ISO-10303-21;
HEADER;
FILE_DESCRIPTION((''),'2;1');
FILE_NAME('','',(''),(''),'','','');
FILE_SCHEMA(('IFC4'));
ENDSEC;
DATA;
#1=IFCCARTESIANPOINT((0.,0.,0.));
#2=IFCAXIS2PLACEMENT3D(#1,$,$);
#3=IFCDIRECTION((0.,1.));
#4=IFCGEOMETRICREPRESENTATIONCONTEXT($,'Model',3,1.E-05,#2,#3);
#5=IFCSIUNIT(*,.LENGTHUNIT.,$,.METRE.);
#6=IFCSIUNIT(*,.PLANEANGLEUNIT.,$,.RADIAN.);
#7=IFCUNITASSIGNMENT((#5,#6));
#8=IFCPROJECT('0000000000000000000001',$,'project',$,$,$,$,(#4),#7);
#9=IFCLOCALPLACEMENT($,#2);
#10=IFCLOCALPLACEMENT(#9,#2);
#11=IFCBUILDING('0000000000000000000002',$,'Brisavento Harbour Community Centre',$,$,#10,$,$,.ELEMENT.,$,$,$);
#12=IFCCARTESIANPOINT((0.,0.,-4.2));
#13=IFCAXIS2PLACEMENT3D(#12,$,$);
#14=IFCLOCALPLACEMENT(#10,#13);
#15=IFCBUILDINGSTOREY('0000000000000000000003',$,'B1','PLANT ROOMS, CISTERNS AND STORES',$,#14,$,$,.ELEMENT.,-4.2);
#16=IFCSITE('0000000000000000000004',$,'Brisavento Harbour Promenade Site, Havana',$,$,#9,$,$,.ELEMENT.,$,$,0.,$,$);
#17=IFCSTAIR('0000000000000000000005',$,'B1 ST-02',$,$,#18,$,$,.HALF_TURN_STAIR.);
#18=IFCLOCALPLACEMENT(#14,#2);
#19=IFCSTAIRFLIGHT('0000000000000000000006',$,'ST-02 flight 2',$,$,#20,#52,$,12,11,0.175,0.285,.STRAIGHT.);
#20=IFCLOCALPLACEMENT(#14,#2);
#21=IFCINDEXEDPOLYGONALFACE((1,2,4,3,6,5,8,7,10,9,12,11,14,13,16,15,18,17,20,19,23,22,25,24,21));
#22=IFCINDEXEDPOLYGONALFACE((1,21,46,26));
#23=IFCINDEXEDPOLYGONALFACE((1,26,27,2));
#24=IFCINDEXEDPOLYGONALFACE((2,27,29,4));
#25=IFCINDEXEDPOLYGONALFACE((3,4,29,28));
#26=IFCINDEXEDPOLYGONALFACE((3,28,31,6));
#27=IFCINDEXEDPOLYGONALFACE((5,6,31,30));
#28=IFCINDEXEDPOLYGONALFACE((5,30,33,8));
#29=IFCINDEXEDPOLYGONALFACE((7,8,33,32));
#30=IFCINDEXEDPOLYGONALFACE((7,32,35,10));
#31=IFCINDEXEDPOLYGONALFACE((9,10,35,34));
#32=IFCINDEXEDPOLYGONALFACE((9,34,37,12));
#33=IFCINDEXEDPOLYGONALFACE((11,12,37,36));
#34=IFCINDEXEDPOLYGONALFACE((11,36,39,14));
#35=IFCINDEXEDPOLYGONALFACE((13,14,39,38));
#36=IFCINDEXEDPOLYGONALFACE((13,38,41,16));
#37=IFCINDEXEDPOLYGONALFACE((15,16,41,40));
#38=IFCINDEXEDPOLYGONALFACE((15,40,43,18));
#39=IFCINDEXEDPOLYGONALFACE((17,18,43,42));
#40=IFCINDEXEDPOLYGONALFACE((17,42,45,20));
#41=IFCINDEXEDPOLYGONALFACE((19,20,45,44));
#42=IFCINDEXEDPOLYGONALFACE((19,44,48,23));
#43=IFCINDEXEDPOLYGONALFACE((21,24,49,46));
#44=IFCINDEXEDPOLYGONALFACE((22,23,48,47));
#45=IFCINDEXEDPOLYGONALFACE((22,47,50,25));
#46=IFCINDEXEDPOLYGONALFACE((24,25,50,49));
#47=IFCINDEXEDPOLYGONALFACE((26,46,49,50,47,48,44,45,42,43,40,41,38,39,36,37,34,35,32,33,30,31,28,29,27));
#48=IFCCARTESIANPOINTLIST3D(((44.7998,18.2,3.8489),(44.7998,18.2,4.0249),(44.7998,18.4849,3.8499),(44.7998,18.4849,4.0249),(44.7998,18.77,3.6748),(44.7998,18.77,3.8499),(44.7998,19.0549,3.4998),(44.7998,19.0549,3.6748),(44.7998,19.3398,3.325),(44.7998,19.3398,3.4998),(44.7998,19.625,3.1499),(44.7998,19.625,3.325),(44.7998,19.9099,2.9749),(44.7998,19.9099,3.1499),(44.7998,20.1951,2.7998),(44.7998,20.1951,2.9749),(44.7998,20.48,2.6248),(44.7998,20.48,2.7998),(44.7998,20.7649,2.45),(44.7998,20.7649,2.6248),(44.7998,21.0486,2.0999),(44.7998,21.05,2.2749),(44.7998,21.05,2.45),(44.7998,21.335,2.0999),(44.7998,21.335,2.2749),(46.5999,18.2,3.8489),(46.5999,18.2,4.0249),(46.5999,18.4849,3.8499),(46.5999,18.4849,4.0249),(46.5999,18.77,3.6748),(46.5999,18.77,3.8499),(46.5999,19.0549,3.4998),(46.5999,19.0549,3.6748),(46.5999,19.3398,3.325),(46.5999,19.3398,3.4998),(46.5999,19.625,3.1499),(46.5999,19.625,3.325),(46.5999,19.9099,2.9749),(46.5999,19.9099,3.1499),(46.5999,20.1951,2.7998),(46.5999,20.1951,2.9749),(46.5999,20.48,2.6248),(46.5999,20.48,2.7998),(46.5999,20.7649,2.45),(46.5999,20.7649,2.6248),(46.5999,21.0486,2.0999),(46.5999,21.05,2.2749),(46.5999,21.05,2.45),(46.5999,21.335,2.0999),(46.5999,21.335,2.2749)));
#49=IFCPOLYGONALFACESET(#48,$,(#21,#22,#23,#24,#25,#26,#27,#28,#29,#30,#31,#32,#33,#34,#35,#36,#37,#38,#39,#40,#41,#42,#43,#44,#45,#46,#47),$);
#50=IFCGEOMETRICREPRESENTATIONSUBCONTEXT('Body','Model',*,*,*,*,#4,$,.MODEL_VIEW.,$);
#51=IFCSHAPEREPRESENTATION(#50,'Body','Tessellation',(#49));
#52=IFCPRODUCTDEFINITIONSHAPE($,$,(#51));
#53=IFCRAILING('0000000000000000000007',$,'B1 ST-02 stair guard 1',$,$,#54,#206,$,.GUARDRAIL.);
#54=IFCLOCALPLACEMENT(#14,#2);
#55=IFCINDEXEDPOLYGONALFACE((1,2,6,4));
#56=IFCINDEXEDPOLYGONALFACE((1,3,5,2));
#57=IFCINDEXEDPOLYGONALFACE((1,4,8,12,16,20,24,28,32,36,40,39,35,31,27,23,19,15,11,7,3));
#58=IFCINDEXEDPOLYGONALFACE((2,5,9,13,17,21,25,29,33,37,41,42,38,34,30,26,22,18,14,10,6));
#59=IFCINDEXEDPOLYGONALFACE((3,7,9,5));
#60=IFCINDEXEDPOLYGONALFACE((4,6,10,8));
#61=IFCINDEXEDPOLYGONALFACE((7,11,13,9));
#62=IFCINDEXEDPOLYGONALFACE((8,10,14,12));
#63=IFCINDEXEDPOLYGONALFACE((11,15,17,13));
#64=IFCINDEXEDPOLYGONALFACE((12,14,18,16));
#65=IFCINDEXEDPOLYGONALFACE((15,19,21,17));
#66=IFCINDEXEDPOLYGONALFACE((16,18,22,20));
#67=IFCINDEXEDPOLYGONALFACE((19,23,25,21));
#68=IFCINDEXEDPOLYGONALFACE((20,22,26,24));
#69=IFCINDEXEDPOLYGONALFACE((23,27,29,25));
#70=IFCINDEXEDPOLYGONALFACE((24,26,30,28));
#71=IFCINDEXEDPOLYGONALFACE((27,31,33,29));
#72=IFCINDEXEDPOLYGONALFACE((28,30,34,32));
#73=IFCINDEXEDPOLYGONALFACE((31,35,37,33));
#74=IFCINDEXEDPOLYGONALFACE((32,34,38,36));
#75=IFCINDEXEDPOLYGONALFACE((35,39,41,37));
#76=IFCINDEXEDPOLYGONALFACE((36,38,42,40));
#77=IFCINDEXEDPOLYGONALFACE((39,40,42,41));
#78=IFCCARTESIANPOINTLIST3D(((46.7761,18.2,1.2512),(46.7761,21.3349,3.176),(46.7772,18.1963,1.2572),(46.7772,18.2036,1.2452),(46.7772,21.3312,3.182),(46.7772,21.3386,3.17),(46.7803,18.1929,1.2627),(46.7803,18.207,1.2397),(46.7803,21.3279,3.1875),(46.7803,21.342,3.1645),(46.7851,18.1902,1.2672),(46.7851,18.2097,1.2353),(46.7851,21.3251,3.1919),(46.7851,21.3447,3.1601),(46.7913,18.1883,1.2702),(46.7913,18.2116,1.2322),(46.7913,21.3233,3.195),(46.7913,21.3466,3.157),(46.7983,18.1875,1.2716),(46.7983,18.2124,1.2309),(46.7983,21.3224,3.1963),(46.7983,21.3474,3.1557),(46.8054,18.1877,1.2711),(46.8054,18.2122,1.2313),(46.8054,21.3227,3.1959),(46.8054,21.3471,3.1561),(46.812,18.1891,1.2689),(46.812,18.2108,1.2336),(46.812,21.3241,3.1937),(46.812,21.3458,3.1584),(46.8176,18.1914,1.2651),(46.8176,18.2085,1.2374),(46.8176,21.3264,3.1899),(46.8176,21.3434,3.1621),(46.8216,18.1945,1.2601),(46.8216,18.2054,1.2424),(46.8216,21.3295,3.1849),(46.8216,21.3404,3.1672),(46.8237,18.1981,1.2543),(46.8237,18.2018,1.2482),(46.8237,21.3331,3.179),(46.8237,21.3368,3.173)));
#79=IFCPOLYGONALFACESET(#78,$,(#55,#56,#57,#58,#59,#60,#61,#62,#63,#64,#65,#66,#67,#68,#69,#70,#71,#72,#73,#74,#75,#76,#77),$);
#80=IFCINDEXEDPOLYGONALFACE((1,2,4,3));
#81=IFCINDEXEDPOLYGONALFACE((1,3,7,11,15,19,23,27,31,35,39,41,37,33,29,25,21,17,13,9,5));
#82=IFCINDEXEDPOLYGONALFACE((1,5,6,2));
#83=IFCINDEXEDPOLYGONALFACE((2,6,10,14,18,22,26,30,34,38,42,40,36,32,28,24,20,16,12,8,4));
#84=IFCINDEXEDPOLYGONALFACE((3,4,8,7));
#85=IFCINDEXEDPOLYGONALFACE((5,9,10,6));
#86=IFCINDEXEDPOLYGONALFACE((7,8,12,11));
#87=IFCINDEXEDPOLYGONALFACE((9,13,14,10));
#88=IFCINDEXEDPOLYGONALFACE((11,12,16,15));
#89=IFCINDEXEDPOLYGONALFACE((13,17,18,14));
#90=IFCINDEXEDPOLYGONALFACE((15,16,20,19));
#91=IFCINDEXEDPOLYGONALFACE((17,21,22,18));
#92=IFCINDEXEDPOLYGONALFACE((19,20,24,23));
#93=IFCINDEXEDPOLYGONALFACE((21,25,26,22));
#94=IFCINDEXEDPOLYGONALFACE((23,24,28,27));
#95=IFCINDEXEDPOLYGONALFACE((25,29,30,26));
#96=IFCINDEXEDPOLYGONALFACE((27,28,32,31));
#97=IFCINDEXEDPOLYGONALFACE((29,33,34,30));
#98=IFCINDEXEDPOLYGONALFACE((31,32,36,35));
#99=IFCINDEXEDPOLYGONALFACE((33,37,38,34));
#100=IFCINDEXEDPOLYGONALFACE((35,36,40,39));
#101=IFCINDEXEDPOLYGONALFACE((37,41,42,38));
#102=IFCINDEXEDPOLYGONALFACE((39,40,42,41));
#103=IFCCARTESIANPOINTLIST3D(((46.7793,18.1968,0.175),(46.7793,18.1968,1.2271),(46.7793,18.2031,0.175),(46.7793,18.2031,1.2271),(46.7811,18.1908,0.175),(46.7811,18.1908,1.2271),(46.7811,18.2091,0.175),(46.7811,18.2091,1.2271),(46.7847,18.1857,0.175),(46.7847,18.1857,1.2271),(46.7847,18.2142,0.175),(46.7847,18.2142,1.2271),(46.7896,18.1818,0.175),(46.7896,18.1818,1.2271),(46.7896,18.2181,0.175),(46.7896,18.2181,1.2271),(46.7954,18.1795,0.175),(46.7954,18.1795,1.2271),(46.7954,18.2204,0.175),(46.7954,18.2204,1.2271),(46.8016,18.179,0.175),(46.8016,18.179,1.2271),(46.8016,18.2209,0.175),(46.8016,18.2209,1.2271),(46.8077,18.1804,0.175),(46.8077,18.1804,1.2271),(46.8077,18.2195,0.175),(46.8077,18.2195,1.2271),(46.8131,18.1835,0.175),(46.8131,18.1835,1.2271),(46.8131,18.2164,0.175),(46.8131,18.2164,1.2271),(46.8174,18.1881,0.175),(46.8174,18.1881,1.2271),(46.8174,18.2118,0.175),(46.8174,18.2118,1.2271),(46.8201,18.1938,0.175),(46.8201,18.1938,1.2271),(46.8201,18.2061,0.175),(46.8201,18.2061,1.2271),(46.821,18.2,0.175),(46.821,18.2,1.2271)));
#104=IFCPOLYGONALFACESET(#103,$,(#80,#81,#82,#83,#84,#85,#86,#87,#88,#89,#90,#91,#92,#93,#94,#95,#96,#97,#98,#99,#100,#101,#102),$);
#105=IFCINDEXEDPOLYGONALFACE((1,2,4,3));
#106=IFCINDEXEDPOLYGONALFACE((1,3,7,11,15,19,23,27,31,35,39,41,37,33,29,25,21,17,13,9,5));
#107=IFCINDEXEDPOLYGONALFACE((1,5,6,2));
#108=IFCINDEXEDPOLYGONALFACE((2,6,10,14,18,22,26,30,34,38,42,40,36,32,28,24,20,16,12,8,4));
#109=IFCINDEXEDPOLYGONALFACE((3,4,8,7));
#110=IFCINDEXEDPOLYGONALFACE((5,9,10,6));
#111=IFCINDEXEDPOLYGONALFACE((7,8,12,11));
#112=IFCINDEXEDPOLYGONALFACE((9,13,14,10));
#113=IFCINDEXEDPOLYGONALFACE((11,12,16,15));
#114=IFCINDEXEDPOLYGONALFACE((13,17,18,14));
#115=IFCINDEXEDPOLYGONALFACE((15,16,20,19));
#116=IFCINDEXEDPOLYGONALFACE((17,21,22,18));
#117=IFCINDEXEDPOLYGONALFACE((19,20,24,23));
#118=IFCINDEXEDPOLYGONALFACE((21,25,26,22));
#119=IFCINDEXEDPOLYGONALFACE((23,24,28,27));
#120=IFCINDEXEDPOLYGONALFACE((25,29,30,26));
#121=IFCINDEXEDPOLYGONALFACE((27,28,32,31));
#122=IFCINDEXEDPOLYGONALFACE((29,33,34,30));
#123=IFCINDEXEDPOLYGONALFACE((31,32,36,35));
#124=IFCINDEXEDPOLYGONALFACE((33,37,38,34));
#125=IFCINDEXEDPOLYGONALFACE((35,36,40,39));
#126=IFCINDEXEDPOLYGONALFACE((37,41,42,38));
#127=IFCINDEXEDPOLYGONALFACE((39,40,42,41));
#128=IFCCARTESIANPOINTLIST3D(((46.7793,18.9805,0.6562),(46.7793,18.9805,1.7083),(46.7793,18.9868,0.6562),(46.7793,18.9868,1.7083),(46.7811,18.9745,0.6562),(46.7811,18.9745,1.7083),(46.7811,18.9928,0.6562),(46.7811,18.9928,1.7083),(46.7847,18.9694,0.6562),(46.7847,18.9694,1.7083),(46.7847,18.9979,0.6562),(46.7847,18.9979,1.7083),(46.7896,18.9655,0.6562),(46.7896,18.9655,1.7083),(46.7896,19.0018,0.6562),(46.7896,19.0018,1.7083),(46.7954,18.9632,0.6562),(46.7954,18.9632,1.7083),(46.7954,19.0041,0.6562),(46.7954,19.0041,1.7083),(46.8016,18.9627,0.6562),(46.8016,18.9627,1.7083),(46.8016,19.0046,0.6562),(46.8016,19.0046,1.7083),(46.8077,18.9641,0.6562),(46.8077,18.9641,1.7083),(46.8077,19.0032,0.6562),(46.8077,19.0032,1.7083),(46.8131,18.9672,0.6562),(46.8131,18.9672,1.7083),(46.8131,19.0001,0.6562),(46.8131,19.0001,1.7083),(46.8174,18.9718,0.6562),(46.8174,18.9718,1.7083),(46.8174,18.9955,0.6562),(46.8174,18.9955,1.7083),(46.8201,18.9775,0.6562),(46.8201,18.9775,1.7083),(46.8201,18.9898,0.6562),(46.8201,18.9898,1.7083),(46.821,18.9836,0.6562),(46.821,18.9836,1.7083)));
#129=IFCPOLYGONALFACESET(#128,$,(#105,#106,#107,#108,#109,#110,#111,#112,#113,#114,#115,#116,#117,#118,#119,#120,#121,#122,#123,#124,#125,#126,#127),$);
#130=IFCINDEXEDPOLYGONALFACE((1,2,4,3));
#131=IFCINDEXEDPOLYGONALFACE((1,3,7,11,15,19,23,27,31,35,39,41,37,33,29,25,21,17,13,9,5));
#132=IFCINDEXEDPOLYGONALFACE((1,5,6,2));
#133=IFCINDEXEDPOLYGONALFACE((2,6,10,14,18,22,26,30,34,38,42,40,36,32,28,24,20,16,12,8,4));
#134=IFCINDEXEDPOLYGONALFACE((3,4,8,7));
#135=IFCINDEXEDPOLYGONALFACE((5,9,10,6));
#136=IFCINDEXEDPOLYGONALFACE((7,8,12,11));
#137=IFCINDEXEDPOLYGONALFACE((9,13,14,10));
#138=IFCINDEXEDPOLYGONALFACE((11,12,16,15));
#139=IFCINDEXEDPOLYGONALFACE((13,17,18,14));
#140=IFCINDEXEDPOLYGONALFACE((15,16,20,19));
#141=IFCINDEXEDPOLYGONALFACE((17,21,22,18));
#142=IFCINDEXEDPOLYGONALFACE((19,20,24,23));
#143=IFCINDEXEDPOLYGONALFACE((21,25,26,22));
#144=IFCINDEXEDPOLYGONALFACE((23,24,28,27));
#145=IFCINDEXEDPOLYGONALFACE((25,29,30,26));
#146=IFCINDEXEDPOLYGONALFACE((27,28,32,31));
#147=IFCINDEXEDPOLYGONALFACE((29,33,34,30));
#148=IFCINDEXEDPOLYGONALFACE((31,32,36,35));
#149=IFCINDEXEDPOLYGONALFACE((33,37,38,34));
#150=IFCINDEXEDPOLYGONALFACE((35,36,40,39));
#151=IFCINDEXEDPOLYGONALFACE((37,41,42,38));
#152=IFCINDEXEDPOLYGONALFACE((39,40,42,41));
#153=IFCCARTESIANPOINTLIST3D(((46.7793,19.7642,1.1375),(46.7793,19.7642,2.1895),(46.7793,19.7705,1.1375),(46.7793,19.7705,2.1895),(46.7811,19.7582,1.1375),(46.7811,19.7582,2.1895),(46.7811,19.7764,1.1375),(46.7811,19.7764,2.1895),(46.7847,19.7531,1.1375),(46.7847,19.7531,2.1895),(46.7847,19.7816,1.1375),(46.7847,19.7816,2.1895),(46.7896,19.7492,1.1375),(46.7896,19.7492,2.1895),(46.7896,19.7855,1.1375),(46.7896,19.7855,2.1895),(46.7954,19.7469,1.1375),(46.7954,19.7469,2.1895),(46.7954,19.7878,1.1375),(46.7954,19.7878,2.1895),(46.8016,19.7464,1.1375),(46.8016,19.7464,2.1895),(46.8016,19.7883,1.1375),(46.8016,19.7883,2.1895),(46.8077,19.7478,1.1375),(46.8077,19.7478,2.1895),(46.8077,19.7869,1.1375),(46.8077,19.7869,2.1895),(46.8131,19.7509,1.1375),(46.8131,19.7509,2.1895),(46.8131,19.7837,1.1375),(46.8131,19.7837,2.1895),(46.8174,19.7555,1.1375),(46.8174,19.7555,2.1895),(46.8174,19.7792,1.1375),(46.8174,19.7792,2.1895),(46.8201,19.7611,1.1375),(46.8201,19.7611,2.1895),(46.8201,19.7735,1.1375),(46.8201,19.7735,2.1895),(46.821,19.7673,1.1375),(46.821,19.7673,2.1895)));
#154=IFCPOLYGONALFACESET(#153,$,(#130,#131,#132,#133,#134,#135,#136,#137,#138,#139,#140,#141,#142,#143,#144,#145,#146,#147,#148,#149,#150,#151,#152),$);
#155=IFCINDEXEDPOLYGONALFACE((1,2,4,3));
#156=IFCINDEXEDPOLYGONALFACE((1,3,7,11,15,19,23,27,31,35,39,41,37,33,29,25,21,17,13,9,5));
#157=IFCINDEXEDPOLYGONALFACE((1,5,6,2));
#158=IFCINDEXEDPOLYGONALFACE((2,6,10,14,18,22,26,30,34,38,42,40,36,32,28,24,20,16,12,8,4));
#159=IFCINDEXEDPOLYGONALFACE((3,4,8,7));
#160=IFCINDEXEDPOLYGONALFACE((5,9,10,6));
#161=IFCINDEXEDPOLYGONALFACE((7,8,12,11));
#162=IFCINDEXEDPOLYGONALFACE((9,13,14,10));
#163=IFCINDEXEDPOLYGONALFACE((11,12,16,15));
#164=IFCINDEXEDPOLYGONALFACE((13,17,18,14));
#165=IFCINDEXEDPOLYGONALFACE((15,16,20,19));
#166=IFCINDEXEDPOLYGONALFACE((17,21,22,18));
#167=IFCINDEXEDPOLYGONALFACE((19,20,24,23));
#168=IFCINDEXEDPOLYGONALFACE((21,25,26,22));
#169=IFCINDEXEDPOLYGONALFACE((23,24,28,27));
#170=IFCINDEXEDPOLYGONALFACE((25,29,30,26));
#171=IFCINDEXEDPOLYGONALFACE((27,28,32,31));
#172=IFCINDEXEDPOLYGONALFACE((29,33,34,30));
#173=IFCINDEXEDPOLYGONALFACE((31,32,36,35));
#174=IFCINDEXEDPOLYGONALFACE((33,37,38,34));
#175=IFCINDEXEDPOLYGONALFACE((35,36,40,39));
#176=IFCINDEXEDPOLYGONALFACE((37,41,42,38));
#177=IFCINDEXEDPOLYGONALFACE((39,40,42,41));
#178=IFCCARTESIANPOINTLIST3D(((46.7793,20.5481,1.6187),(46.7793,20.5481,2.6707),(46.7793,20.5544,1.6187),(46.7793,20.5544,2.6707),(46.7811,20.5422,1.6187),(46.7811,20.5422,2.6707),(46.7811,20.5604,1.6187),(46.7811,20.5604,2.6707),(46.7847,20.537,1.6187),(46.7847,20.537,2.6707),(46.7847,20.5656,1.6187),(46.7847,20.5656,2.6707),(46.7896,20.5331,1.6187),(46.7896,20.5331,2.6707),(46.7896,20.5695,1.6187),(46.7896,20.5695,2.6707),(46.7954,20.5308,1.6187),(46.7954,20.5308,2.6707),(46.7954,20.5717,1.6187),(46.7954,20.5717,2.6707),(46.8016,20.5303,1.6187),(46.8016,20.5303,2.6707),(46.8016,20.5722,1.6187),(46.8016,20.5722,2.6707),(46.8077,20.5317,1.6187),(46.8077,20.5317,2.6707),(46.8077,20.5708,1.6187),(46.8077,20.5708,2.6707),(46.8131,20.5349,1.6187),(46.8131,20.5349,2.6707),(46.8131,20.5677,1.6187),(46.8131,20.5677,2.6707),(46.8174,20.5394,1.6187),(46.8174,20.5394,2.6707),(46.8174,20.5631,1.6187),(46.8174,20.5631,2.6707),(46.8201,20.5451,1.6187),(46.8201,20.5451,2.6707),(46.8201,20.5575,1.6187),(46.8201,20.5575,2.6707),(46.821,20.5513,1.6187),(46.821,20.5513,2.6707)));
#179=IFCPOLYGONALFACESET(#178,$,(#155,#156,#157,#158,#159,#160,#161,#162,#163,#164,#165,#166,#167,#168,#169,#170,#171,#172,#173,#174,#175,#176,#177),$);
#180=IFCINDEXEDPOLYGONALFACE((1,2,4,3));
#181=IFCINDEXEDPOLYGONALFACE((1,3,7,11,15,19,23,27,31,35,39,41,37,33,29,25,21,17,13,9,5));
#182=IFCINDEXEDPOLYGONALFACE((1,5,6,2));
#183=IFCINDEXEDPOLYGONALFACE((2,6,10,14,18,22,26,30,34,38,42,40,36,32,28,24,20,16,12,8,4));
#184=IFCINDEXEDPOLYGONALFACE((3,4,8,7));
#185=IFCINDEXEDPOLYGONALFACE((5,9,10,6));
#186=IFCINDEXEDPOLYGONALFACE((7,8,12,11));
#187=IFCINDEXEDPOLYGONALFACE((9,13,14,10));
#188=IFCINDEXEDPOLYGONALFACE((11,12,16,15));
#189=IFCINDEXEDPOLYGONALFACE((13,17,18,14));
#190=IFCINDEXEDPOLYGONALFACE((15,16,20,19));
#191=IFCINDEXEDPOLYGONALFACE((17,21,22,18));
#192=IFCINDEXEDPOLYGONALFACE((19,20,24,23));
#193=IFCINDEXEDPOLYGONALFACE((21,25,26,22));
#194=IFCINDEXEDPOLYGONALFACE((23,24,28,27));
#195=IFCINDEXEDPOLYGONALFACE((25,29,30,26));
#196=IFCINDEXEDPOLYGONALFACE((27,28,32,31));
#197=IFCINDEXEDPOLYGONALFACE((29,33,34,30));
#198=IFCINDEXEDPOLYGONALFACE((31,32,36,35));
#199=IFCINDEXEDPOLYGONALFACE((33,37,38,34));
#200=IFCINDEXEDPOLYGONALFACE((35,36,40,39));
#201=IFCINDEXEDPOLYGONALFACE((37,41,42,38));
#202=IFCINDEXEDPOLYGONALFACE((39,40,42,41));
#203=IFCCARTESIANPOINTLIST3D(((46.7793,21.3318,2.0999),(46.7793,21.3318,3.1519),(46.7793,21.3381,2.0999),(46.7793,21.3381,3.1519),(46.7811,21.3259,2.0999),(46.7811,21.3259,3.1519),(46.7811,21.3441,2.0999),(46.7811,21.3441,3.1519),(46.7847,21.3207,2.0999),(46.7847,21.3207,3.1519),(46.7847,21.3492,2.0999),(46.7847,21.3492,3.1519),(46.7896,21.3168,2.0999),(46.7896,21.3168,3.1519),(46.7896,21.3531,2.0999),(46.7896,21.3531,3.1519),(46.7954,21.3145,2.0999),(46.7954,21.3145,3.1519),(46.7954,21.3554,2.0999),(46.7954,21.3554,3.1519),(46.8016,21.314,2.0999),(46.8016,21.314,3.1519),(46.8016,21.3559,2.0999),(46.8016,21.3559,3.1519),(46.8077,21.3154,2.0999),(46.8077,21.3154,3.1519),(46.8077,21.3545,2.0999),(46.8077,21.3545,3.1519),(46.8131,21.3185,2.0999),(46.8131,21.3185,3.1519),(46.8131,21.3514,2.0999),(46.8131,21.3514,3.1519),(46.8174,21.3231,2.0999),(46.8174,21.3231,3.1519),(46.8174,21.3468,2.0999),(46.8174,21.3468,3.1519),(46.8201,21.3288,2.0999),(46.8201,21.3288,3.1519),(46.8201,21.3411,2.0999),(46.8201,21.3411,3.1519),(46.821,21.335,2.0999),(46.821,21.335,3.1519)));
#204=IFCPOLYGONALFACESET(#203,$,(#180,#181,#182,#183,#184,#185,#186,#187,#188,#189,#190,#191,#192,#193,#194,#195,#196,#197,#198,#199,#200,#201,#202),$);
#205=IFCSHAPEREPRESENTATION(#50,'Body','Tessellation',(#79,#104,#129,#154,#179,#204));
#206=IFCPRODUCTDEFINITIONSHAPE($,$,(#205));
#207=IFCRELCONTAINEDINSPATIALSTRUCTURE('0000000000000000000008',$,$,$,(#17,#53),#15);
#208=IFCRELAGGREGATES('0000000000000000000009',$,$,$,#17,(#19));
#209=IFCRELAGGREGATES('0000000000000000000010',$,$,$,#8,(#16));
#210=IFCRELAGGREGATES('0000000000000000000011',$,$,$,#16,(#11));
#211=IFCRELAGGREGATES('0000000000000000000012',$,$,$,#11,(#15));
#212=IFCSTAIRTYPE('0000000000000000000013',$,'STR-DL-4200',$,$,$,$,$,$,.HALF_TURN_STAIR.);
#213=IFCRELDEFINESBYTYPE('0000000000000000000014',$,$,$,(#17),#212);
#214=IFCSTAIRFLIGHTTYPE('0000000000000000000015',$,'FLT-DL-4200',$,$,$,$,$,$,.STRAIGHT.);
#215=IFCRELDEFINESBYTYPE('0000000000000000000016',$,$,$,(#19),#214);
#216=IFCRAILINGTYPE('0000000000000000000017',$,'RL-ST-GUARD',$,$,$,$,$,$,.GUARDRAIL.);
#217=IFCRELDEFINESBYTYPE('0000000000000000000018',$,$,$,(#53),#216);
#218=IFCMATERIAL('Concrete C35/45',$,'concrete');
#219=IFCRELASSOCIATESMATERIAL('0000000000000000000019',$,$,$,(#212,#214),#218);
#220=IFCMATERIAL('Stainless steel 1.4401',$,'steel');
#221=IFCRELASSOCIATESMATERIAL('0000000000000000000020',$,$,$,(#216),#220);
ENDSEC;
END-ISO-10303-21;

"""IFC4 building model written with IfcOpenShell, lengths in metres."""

from ifc_helpers import new_model, si_unit, direction, frame, origin, origin_2d, place, context, subcontext, project, spatial, polyline, circle, outline, extrude, material, type_object, element, aggregate, save


model = new_model("IFC4")

# Units and contexts
model_context = context("Model", 3, precision=1e-05, world=origin(), true_north=direction((0.0, 1.0)))
body_context = subcontext(model_context, "Body", "Model", "MODEL_VIEW")
ifc_project = project(units=[si_unit("LENGTHUNIT", "METRE"), si_unit("PLANEANGLEUNIT", "RADIAN")], contexts=[model_context])

# Site, building, storey
site_placement = place(None, origin())
site = spatial("IfcSite", under=ifc_project, at=site_placement, Name="Brisavento Harbour Promenade Site, Havana", CompositionType="ELEMENT", RefElevation=0.0)
building_placement = place(site_placement, origin())
building = spatial("IfcBuilding", under=site, at=building_placement, Name="Brisavento Harbour Community Centre", CompositionType="ELEMENT")
storey_placement = place(building_placement, frame((0.0, 0.0, -4.2)))
storey = spatial("IfcBuildingStorey", under=building, at=storey_placement, Name="B1", Description="PLANT ROOMS, CISTERNS AND STORES", CompositionType="ELEMENT", Elevation=-4.2)

# Shared definitions
ifc_material_1 = material(Name="Concrete C35/45", Category="concrete")

# Stair, stair flight
stair_type = type_object("IfcStairType", Name="STR-DL-4200", PredefinedType="HALF_TURN_STAIR", material=ifc_material_1)
stair_placement = place(storey_placement, origin())
stair = element("IfcStair", 1, at=stair_placement, inside=storey, type_object=stair_type, Name="B1 ST-02", PredefinedType="HALF_TURN_STAIR")
stair_flight_type = type_object("IfcStairFlightType", Name="FLT-DL-4200", PredefinedType="STRAIGHT", material=ifc_material_1)
stair_flight_1_placement = place(storey_placement, frame((45.7, 21.335, 2.0999), z_axis=(0.0, 0.0, 1.0), x_axis=(0.0, -1.0, 0.0)))
stair_flight_1 = element("IfcStairFlight", 2, at=stair_flight_1_placement, type_object=stair_flight_type, Name="ST-02 flight 2", NumberOfRisers=12, NumberOfTreads=11, PredefinedType="STRAIGHT", RiserHeight=0.175, TreadLength=0.285, context=body_context, shape_type="SweptSolid", body=[
    extrude(outline(polyline([(0.0, 0.0), (0.0, 0.175), (0.2849, 0.175), (0.2849, 0.3501), (0.5701, 0.3501), (0.5701, 0.5249), (0.855, 0.5249), (0.855, 0.7), (1.1399, 0.7), (1.1399, 0.875), (1.425, 0.875), (1.425, 1.05), (1.71, 1.05), (1.71, 1.2251), (1.9951, 1.2251), (1.9951, 1.3999), (2.28, 1.3999), (2.28, 1.575), (2.5649, 1.575), (2.5649, 1.75), (2.8501, 1.75), (2.8501, 1.925), (3.135, 1.925), (3.135, 2.1001), (3.135, 1.749), (0.2864, 0.0), (0.0, 0.0)])), frame((0.0, 0.8999, 0.0), z_axis=(0.0, -1.0, 0.0), x_axis=(1.0, 0.0, 0.0)), (0.0, 0.0, 1.0), 1.8),
])
aggregate(stair, [stair_flight_1])

# Railing
ifc_material_2 = material(Name="Stainless steel 1.4401", Category="steel")
railing_type_1 = type_object("IfcRailingType", Name="RL-ST-GUARD", PredefinedType="GUARDRAIL", material=ifc_material_2)
railing_1_placement = place(storey_placement, frame((46.8, 18.2, 0.175)))
element("IfcRailing", 3, at=railing_1_placement, inside=storey, type_object=railing_type_1, Name="B1 ST-02 stair guard 1", PredefinedType="GUARDRAIL", context=body_context, shape_type="SweptSolid", body=[
    extrude(circle(Radius=0.0239, at=origin_2d()), frame((0.0, 0.0, 1.0762), z_axis=(0.0, 0.852196, 0.523223), x_axis=(-1.0, 0.0, 0.0)), (0.0, 0.0, 1.0), 3.6787),
    extrude(circle(Radius=0.021, at=origin_2d()), origin(), (0.0, 0.0, 1.0), 1.052),
    extrude(circle(Radius=0.021, at=origin_2d()), frame((0.0, 0.7837, 0.4812)), (0.0, 0.0, 1.0), 1.052),
    extrude(circle(Radius=0.021, at=origin_2d()), frame((0.0, 1.5674, 0.9624)), (0.0, 0.0, 1.0), 1.052),
    extrude(circle(Radius=0.021, at=origin_2d()), frame((0.0, 2.3513, 1.4436)), (0.0, 0.0, 1.0), 1.052),
    extrude(circle(Radius=0.021, at=origin_2d()), frame((0.0, 3.135, 1.9248)), (0.0, 0.0, 1.0), 1.052),
])

save(model, "model.ifc")
